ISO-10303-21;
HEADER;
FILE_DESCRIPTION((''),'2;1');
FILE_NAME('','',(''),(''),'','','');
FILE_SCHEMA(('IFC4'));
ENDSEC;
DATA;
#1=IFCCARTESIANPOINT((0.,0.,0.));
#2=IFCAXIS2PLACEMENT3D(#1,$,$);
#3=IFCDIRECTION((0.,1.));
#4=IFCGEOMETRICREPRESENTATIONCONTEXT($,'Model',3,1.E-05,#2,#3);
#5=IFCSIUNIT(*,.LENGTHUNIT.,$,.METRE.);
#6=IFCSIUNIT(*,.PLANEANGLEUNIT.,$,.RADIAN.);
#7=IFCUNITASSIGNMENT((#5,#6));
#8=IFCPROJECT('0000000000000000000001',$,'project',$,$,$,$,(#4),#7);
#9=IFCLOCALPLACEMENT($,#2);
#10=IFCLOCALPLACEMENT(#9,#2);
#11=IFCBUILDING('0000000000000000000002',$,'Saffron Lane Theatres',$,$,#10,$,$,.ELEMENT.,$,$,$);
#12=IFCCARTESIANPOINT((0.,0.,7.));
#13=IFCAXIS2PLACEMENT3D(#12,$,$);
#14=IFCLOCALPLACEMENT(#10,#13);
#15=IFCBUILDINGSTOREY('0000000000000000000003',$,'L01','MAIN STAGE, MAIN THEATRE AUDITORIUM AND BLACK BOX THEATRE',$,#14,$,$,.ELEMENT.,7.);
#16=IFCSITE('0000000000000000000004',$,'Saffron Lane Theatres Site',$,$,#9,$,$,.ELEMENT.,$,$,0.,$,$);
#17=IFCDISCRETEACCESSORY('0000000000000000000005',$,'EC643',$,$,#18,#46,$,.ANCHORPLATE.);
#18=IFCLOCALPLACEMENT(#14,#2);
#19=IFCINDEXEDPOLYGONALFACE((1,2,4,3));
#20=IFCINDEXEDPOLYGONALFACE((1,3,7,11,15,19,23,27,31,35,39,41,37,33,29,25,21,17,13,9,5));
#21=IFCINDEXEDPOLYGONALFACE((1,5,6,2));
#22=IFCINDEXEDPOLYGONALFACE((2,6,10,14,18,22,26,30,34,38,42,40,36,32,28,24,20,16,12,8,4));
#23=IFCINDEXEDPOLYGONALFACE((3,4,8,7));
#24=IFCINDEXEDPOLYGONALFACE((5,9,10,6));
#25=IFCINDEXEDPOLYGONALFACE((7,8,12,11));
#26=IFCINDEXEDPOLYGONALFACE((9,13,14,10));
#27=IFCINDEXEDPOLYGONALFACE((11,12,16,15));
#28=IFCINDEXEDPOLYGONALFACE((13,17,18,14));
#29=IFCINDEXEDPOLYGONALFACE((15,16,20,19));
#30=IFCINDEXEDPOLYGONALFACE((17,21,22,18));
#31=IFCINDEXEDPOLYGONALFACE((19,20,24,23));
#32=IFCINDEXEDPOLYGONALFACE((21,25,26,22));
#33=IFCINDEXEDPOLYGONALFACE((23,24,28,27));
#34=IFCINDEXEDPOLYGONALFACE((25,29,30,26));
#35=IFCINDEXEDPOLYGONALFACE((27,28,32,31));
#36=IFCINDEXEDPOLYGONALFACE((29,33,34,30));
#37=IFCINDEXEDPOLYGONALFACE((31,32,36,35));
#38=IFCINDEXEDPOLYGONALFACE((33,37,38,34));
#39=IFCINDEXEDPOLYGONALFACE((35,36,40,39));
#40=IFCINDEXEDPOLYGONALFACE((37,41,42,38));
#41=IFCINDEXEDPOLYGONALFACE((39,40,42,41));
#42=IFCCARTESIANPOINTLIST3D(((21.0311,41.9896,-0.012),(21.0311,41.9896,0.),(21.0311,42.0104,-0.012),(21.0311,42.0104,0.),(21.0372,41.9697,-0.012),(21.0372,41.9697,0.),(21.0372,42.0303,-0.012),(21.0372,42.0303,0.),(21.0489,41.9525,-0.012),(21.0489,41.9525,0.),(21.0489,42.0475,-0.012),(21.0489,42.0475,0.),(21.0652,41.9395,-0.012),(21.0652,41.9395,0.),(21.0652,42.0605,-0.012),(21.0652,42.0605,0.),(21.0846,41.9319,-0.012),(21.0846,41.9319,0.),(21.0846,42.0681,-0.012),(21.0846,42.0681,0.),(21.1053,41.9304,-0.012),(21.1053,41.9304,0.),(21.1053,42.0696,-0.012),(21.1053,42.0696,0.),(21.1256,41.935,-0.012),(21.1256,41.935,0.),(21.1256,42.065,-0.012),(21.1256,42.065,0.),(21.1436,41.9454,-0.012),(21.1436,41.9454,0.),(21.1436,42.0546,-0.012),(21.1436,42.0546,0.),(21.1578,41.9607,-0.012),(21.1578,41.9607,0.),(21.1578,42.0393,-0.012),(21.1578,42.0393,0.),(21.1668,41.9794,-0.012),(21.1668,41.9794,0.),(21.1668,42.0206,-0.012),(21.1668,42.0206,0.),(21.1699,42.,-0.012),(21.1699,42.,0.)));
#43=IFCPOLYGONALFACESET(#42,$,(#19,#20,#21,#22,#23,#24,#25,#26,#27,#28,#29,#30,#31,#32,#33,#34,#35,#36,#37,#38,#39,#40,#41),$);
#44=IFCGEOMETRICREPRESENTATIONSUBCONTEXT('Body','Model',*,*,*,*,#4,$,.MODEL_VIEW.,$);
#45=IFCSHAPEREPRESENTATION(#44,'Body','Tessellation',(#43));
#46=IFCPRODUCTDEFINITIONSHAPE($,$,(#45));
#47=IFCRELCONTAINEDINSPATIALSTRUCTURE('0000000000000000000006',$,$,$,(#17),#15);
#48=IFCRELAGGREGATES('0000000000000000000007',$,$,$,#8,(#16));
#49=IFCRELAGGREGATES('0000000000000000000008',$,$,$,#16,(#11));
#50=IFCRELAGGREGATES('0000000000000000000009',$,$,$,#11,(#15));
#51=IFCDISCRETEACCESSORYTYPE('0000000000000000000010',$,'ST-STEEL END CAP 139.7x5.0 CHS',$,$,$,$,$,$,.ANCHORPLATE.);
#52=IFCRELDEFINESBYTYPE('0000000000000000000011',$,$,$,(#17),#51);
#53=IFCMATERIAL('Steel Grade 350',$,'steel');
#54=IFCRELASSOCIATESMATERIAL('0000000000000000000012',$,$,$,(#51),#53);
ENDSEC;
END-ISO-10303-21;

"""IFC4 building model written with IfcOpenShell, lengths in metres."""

from ifc_helpers import new_model, si_unit, direction, frame, origin, origin_2d, place, context, subcontext, project, spatial, circle, extrude, material, material_profile, profile_set, type_object, element, save


model = new_model("IFC4")

# Units and contexts
model_context = context("Model", 3, precision=1e-05, world=origin(), true_north=direction((0.0, 1.0)))
body_context = subcontext(model_context, "Body", "Model", "MODEL_VIEW")
ifc_project = project(units=[si_unit("LENGTHUNIT", "METRE"), si_unit("PLANEANGLEUNIT", "RADIAN")], contexts=[model_context])

# Site, building, storey
site_placement = place(None, origin())
site = spatial("IfcSite", under=ifc_project, at=site_placement, Name="Saffron Lane Theatres Site", CompositionType="ELEMENT", RefElevation=0.0)
building_placement = place(site_placement, origin())
building = spatial("IfcBuilding", under=site, at=building_placement, Name="Saffron Lane Theatres", CompositionType="ELEMENT")
storey_placement = place(building_placement, frame((0.0, 0.0, 7.0)))
storey = spatial("IfcBuildingStorey", under=building, at=storey_placement, Name="L01", Description="MAIN STAGE, MAIN THEATRE AUDITORIUM AND BLACK BOX THEATRE", CompositionType="ELEMENT", Elevation=7.0)

# Discrete accessory
ifc_material_1 = material(Name="Steel Grade 350", Category="steel")
ifc_material_profile_1 = material_profile(ifc_material_1, circle(Radius=0.0698, at=origin_2d()))
ifc_profile_set_1 = profile_set([ifc_material_profile_1], Name="Steel Grade 350")
discrete_accessory_type = type_object("IfcDiscreteAccessoryType", Name="ST-STEEL END CAP 139.7x5.0 CHS", PredefinedType="ANCHORPLATE", material=ifc_profile_set_1)
discrete_accessory_placement = place(storey_placement, frame((21.1001, 42.0, -0.012), z_axis=(0.0, 0.0, 1.0), x_axis=(1.0, 0.0, 0.0)))
element("IfcDiscreteAccessory", 1, at=discrete_accessory_placement, inside=storey, type_object=discrete_accessory_type, Name="EC643", PredefinedType="ANCHORPLATE", context=body_context, shape_type="SweptSolid", body=[
    extrude(circle(Radius=0.0698, at=origin_2d()), origin(), (0.0, 0.0, 1.0), 0.012),
])

save(model, "model.ifc")
